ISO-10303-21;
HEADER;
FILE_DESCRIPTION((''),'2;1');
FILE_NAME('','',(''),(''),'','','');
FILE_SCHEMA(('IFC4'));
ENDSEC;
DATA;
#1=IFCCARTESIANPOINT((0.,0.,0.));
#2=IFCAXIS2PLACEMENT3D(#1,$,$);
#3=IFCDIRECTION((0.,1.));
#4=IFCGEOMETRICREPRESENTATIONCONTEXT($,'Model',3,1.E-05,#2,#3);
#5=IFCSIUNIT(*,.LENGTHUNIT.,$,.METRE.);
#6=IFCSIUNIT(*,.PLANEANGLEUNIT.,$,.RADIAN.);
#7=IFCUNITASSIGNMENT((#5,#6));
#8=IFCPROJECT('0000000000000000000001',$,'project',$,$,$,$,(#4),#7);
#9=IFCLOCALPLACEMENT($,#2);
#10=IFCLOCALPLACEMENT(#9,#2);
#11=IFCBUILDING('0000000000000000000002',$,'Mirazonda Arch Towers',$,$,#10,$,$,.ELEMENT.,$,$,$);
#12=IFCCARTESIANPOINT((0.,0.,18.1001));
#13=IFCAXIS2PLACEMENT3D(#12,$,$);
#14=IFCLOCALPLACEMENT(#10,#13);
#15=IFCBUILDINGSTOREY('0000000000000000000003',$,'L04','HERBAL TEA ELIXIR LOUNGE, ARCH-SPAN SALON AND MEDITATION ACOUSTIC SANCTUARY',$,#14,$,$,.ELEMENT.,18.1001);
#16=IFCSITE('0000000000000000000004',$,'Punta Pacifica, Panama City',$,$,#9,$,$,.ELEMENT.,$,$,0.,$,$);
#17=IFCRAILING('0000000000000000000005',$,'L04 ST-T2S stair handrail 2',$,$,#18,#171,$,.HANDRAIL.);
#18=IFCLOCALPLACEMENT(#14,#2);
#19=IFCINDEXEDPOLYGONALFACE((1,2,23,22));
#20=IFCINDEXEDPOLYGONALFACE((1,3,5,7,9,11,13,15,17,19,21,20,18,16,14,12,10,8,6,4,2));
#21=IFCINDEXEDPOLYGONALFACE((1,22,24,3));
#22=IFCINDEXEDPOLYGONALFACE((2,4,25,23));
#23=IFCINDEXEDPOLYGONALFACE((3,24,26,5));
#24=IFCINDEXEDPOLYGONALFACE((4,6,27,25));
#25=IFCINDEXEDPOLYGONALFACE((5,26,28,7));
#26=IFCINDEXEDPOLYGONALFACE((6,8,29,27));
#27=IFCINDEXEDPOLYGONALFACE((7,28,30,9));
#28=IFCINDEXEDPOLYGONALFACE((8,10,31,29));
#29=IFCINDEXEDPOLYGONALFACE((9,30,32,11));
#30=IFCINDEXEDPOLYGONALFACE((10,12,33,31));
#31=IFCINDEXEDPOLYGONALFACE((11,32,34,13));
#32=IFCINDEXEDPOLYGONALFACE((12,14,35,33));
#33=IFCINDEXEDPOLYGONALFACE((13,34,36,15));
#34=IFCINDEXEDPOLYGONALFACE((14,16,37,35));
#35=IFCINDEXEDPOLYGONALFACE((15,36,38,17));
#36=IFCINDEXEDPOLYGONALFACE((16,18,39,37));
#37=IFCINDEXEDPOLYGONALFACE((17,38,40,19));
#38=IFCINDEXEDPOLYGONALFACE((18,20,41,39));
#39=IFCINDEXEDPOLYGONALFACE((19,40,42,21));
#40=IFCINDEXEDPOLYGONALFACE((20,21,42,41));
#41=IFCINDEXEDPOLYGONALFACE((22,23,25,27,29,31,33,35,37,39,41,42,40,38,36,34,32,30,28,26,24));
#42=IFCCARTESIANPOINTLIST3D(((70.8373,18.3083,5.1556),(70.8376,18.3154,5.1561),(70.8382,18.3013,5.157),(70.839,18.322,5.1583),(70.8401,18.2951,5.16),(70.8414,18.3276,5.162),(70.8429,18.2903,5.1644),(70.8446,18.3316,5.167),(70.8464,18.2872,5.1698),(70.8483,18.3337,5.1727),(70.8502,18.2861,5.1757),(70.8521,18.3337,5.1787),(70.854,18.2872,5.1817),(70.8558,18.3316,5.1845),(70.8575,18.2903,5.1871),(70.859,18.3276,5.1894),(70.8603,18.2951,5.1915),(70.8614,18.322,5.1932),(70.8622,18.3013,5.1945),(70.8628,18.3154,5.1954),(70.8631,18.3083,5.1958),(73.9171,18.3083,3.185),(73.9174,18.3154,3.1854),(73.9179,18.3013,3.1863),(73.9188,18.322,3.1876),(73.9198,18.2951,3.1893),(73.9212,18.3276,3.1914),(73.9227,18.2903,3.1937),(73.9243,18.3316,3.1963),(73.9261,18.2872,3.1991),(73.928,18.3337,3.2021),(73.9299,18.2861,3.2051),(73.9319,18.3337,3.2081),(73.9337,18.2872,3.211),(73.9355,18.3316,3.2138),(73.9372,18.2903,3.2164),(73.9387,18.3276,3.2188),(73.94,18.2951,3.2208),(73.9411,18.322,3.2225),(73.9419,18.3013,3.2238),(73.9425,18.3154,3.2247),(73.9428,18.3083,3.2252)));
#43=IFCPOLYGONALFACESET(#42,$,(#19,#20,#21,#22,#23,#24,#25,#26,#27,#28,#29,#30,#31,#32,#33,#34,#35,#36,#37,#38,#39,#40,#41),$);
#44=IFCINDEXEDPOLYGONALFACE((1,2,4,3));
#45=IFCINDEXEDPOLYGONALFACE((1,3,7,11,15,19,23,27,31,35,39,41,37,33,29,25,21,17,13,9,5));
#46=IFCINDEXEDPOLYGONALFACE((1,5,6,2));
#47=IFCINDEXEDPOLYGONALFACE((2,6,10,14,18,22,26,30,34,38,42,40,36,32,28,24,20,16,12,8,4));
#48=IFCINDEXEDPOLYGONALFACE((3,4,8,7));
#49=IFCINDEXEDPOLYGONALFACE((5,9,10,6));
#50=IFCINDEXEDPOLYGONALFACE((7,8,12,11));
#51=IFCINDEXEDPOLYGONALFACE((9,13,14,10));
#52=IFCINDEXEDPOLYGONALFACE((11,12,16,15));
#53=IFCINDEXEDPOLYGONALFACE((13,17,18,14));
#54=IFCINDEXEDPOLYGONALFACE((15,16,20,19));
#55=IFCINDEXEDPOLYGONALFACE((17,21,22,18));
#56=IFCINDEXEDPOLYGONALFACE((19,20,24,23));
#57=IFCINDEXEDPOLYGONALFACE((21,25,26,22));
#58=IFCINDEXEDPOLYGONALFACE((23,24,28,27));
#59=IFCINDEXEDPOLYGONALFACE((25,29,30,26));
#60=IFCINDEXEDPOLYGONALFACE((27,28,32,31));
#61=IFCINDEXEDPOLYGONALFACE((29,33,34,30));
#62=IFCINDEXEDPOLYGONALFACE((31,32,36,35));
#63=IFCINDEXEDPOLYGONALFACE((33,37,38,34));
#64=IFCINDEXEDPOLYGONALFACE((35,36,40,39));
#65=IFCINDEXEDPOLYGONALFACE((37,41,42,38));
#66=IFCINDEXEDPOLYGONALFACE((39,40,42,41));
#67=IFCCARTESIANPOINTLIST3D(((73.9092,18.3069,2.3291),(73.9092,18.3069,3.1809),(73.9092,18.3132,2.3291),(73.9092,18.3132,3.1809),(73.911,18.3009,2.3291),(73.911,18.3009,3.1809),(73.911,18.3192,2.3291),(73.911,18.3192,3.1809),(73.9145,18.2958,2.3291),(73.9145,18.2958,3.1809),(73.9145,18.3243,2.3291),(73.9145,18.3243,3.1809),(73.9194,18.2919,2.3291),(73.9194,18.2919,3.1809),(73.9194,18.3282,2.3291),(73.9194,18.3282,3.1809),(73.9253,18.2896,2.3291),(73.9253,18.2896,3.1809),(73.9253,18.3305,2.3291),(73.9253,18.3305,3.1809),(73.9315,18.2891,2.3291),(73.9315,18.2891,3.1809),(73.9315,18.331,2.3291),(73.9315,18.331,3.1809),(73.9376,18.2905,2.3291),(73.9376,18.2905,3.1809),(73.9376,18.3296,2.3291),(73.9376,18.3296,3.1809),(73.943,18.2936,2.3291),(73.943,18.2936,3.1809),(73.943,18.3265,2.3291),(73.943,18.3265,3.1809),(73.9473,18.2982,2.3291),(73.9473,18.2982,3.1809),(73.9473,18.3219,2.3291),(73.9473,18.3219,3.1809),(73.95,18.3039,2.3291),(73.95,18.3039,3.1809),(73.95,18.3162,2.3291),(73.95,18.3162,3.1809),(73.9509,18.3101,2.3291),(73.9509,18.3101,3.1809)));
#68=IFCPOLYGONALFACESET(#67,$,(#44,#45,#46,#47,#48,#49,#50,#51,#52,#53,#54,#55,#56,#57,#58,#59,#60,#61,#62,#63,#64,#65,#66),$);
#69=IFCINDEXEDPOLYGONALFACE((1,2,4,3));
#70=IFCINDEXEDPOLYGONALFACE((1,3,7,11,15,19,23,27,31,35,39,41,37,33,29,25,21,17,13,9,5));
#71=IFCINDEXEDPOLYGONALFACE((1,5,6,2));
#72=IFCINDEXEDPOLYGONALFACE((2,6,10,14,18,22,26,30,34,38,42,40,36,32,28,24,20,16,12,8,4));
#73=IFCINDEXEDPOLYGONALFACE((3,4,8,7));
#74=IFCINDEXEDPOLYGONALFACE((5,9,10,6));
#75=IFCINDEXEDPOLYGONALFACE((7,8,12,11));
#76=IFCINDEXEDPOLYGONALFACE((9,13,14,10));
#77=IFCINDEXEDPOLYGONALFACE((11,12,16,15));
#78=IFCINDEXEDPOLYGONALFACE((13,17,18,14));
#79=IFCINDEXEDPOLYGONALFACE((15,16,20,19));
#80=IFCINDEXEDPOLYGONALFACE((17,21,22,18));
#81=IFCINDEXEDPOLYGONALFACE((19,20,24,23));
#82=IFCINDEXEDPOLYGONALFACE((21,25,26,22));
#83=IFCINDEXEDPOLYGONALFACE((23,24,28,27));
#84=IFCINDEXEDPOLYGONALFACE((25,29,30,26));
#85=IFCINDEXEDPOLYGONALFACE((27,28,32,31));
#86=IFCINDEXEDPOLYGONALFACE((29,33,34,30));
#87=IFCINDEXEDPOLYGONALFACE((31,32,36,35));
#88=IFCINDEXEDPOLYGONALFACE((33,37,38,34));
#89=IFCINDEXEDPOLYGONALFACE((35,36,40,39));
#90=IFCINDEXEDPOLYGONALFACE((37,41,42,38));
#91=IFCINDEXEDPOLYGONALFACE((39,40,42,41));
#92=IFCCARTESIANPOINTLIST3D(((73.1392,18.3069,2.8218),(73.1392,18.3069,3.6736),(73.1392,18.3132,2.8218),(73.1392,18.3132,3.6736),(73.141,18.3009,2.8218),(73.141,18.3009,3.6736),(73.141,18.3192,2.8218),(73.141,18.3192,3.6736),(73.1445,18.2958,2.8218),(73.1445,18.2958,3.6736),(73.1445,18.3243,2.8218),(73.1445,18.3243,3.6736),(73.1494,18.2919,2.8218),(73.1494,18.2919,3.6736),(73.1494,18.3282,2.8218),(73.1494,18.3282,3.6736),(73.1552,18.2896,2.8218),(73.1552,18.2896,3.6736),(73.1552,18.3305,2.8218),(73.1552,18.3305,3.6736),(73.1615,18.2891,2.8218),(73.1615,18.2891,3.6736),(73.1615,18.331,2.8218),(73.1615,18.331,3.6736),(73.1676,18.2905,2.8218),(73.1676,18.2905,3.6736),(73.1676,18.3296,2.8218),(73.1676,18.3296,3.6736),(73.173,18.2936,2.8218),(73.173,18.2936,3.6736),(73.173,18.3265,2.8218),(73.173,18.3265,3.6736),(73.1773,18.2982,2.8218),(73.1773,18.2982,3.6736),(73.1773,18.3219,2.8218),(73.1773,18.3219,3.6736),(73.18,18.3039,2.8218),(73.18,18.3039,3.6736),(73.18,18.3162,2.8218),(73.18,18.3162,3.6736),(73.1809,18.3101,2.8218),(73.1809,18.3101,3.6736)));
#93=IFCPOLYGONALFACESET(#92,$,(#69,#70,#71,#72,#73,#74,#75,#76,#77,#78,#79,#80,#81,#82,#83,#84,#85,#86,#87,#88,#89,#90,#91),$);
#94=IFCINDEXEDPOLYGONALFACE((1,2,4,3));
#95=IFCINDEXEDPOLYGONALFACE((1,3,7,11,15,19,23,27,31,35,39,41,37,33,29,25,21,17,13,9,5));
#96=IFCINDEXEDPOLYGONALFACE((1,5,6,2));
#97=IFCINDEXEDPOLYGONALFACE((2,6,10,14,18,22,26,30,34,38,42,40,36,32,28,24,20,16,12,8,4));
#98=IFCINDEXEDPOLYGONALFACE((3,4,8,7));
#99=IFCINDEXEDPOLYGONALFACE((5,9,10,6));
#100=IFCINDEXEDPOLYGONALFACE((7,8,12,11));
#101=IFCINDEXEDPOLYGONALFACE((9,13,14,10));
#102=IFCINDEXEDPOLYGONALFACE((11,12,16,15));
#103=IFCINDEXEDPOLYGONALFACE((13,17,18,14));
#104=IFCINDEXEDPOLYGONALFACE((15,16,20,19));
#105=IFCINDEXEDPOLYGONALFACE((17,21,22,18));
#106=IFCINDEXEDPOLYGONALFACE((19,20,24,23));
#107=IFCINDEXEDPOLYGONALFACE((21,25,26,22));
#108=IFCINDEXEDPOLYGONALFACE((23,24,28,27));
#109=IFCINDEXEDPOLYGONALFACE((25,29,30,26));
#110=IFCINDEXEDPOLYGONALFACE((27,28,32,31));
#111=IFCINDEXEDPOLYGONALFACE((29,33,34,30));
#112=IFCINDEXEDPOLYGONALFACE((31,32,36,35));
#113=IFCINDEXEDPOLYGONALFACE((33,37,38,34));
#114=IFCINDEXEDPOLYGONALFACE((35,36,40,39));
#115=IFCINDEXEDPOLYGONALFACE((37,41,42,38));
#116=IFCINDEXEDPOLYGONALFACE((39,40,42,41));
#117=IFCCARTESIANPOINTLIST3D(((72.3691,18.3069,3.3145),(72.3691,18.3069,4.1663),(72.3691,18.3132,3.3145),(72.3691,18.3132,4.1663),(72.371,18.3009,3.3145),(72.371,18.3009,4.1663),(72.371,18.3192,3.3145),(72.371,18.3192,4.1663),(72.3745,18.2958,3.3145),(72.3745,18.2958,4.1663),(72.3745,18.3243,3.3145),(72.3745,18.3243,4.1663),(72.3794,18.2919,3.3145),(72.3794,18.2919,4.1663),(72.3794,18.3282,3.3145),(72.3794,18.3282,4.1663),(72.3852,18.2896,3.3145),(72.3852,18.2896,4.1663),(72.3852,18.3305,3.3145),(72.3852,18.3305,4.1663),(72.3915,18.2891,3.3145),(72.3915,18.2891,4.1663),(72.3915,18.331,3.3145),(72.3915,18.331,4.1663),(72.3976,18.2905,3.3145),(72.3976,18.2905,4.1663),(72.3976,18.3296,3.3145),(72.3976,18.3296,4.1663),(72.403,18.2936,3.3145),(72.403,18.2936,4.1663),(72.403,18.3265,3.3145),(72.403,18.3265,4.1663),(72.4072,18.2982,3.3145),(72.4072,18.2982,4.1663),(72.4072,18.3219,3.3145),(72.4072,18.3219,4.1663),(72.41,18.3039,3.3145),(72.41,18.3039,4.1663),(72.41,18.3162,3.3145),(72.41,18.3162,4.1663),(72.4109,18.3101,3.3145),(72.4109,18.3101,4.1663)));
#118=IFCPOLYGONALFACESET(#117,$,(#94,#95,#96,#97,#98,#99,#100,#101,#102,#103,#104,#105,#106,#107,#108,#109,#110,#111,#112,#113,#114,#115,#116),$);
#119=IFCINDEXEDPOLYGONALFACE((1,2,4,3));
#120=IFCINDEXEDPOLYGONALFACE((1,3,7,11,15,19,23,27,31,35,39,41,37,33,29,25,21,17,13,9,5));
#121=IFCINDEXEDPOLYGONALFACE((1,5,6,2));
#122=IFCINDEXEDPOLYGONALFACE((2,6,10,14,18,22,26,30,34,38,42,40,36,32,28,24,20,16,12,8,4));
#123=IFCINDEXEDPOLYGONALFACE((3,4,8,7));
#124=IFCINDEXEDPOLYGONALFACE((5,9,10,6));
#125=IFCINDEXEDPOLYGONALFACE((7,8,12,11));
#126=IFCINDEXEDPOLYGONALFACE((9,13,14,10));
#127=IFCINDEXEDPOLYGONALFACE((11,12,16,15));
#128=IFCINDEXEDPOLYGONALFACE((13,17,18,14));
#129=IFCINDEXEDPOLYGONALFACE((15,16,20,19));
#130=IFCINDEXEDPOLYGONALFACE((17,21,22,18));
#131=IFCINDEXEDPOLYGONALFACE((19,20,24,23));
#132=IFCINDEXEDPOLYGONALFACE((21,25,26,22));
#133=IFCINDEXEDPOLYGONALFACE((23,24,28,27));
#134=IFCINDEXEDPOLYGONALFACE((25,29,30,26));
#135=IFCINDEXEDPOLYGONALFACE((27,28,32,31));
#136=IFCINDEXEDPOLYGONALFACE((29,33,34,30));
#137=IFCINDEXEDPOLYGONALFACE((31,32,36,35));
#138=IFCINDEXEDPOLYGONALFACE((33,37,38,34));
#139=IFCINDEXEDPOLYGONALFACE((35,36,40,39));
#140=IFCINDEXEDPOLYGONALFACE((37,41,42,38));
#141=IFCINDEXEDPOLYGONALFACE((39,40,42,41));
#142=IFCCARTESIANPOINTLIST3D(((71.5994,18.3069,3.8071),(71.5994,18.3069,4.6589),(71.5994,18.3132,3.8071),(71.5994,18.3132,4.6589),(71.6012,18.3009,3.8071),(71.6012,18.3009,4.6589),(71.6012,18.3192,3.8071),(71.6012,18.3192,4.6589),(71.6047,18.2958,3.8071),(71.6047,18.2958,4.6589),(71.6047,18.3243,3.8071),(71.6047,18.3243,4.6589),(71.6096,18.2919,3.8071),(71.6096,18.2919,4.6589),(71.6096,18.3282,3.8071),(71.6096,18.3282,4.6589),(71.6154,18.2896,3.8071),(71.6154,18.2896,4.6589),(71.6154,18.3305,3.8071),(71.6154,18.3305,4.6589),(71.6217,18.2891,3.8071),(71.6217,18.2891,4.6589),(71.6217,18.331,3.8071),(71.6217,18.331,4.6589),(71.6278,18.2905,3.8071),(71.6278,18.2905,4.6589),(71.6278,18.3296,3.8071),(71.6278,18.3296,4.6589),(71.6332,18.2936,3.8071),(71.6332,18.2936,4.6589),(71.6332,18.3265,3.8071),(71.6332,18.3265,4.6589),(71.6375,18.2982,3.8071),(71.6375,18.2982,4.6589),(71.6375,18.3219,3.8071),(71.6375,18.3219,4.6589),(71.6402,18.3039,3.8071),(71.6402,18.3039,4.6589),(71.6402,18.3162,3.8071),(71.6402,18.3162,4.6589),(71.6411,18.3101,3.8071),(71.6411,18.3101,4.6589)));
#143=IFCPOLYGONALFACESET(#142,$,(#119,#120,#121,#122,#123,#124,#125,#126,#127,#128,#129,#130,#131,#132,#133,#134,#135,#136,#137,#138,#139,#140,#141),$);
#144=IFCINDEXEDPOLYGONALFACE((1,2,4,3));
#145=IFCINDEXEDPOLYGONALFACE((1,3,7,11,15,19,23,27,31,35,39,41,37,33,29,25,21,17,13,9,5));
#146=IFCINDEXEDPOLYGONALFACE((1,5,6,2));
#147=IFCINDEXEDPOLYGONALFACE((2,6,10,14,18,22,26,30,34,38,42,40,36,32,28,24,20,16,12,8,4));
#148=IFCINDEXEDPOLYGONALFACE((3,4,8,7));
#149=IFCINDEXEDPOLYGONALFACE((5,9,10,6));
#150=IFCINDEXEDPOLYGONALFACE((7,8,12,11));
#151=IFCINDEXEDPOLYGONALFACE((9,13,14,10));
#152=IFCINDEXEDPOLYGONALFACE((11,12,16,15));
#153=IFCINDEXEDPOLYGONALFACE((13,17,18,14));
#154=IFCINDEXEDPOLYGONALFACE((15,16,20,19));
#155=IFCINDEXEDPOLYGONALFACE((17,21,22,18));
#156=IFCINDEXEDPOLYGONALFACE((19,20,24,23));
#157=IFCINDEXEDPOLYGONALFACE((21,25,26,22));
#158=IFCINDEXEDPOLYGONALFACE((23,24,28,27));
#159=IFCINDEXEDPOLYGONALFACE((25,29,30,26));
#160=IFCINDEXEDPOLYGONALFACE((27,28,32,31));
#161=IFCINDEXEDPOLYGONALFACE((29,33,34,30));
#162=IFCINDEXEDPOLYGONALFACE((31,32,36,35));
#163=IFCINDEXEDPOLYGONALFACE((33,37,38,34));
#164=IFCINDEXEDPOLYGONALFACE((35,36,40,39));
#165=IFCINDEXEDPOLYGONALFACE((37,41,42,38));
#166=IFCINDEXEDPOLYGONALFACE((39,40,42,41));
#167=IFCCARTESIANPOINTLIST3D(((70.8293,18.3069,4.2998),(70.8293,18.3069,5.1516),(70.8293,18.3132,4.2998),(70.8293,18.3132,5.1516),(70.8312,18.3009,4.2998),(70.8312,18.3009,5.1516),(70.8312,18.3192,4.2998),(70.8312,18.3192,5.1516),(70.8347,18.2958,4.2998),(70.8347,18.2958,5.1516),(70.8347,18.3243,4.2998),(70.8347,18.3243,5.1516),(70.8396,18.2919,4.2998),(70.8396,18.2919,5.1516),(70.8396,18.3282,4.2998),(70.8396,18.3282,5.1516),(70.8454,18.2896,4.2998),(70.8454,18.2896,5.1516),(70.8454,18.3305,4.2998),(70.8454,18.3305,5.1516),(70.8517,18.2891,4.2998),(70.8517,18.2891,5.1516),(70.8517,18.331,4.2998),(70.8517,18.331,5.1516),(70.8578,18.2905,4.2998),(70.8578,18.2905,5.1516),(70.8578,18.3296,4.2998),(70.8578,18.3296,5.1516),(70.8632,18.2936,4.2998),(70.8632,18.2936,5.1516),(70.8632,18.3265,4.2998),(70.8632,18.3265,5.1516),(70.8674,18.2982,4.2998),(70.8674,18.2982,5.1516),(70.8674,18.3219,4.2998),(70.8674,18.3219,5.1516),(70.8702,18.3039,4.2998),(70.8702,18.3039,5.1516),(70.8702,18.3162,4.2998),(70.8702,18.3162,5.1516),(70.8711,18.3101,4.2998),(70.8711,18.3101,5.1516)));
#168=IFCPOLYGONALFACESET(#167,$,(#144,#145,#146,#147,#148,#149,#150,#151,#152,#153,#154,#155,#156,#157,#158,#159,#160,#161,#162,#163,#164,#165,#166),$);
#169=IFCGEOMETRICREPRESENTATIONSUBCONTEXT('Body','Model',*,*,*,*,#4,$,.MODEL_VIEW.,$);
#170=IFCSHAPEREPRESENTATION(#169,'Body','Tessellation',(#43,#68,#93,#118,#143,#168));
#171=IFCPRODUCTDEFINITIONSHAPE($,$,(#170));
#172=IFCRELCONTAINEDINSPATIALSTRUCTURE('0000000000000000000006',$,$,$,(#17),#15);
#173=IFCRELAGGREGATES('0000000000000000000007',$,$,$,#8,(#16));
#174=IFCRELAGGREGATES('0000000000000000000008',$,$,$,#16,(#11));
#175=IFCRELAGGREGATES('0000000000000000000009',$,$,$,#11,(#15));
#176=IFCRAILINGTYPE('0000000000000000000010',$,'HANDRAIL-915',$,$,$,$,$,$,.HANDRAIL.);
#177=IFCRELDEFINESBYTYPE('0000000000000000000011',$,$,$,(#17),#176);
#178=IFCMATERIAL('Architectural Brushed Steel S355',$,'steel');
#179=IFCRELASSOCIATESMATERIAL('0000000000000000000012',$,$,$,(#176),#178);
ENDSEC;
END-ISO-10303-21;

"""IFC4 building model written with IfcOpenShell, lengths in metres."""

from ifc_helpers import new_model, si_unit, direction, frame, origin, origin_2d, place, context, subcontext, project, spatial, circle, extrude, material, type_object, element, save


model = new_model("IFC4")

# Units and contexts
model_context = context("Model", 3, precision=1e-05, world=origin(), true_north=direction((0.0, 1.0)))
body_context = subcontext(model_context, "Body", "Model", "MODEL_VIEW")
ifc_project = project(units=[si_unit("LENGTHUNIT", "METRE"), si_unit("PLANEANGLEUNIT", "RADIAN")], contexts=[model_context])

# Site, building, storey
site_placement = place(None, origin())
site = spatial("IfcSite", under=ifc_project, at=site_placement, Name="Punta Pacifica, Panama City", CompositionType="ELEMENT", RefElevation=0.0)
building_placement = place(site_placement, origin())
building = spatial("IfcBuilding", under=site, at=building_placement, Name="Mirazonda Arch Towers", CompositionType="ELEMENT")
storey_placement = place(building_placement, frame((0.0, 0.0, 18.1001)))
storey = spatial("IfcBuildingStorey", under=building, at=storey_placement, Name="L04", Description="HERBAL TEA ELIXIR LOUNGE, ARCH-SPAN SALON AND MEDITATION ACOUSTIC SANCTUARY", CompositionType="ELEMENT", Elevation=18.1001)

# Railing
ifc_material_1 = material(Name="Architectural Brushed Steel S355", Category="steel")
railing_type_1 = type_object("IfcRailingType", Name="HANDRAIL-915", PredefinedType="HANDRAIL", material=ifc_material_1)
railing_1_placement = place(storey_placement, frame((73.9299, 18.3101, 2.3291)))
element("IfcRailing", 1, at=railing_1_placement, inside=storey, type_object=railing_type_1, Name="L04 ST-T2S stair handrail 2", PredefinedType="HANDRAIL", context=body_context, shape_type="SweptSolid", body=[
    extrude(circle(Radius=0.0239, at=origin_2d()), frame((0.0, 0.0, 0.876), z_axis=(-0.84232, 0.0, 0.538978), x_axis=(0.0, -1.0, 0.0)), (0.0, 0.0, 1.0), 3.6562),
    extrude(circle(Radius=0.021, at=origin_2d()), origin(), (0.0, 0.0, 1.0), 0.8518),
    extrude(circle(Radius=0.021, at=origin_2d()), frame((-0.77, 0.0, 0.4927)), (0.0, 0.0, 1.0), 0.8518),
    extrude(circle(Radius=0.021, at=origin_2d()), frame((-1.54, 0.0, 0.9854)), (0.0, 0.0, 1.0), 0.8518),
    extrude(circle(Radius=0.021, at=origin_2d()), frame((-2.3098, 0.0, 1.478)), (0.0, 0.0, 1.0), 0.8518),
    extrude(circle(Radius=0.021, at=origin_2d()), frame((-3.0798, 0.0, 1.9707)), (0.0, 0.0, 1.0), 0.8518),
])

save(model, "model.ifc")
